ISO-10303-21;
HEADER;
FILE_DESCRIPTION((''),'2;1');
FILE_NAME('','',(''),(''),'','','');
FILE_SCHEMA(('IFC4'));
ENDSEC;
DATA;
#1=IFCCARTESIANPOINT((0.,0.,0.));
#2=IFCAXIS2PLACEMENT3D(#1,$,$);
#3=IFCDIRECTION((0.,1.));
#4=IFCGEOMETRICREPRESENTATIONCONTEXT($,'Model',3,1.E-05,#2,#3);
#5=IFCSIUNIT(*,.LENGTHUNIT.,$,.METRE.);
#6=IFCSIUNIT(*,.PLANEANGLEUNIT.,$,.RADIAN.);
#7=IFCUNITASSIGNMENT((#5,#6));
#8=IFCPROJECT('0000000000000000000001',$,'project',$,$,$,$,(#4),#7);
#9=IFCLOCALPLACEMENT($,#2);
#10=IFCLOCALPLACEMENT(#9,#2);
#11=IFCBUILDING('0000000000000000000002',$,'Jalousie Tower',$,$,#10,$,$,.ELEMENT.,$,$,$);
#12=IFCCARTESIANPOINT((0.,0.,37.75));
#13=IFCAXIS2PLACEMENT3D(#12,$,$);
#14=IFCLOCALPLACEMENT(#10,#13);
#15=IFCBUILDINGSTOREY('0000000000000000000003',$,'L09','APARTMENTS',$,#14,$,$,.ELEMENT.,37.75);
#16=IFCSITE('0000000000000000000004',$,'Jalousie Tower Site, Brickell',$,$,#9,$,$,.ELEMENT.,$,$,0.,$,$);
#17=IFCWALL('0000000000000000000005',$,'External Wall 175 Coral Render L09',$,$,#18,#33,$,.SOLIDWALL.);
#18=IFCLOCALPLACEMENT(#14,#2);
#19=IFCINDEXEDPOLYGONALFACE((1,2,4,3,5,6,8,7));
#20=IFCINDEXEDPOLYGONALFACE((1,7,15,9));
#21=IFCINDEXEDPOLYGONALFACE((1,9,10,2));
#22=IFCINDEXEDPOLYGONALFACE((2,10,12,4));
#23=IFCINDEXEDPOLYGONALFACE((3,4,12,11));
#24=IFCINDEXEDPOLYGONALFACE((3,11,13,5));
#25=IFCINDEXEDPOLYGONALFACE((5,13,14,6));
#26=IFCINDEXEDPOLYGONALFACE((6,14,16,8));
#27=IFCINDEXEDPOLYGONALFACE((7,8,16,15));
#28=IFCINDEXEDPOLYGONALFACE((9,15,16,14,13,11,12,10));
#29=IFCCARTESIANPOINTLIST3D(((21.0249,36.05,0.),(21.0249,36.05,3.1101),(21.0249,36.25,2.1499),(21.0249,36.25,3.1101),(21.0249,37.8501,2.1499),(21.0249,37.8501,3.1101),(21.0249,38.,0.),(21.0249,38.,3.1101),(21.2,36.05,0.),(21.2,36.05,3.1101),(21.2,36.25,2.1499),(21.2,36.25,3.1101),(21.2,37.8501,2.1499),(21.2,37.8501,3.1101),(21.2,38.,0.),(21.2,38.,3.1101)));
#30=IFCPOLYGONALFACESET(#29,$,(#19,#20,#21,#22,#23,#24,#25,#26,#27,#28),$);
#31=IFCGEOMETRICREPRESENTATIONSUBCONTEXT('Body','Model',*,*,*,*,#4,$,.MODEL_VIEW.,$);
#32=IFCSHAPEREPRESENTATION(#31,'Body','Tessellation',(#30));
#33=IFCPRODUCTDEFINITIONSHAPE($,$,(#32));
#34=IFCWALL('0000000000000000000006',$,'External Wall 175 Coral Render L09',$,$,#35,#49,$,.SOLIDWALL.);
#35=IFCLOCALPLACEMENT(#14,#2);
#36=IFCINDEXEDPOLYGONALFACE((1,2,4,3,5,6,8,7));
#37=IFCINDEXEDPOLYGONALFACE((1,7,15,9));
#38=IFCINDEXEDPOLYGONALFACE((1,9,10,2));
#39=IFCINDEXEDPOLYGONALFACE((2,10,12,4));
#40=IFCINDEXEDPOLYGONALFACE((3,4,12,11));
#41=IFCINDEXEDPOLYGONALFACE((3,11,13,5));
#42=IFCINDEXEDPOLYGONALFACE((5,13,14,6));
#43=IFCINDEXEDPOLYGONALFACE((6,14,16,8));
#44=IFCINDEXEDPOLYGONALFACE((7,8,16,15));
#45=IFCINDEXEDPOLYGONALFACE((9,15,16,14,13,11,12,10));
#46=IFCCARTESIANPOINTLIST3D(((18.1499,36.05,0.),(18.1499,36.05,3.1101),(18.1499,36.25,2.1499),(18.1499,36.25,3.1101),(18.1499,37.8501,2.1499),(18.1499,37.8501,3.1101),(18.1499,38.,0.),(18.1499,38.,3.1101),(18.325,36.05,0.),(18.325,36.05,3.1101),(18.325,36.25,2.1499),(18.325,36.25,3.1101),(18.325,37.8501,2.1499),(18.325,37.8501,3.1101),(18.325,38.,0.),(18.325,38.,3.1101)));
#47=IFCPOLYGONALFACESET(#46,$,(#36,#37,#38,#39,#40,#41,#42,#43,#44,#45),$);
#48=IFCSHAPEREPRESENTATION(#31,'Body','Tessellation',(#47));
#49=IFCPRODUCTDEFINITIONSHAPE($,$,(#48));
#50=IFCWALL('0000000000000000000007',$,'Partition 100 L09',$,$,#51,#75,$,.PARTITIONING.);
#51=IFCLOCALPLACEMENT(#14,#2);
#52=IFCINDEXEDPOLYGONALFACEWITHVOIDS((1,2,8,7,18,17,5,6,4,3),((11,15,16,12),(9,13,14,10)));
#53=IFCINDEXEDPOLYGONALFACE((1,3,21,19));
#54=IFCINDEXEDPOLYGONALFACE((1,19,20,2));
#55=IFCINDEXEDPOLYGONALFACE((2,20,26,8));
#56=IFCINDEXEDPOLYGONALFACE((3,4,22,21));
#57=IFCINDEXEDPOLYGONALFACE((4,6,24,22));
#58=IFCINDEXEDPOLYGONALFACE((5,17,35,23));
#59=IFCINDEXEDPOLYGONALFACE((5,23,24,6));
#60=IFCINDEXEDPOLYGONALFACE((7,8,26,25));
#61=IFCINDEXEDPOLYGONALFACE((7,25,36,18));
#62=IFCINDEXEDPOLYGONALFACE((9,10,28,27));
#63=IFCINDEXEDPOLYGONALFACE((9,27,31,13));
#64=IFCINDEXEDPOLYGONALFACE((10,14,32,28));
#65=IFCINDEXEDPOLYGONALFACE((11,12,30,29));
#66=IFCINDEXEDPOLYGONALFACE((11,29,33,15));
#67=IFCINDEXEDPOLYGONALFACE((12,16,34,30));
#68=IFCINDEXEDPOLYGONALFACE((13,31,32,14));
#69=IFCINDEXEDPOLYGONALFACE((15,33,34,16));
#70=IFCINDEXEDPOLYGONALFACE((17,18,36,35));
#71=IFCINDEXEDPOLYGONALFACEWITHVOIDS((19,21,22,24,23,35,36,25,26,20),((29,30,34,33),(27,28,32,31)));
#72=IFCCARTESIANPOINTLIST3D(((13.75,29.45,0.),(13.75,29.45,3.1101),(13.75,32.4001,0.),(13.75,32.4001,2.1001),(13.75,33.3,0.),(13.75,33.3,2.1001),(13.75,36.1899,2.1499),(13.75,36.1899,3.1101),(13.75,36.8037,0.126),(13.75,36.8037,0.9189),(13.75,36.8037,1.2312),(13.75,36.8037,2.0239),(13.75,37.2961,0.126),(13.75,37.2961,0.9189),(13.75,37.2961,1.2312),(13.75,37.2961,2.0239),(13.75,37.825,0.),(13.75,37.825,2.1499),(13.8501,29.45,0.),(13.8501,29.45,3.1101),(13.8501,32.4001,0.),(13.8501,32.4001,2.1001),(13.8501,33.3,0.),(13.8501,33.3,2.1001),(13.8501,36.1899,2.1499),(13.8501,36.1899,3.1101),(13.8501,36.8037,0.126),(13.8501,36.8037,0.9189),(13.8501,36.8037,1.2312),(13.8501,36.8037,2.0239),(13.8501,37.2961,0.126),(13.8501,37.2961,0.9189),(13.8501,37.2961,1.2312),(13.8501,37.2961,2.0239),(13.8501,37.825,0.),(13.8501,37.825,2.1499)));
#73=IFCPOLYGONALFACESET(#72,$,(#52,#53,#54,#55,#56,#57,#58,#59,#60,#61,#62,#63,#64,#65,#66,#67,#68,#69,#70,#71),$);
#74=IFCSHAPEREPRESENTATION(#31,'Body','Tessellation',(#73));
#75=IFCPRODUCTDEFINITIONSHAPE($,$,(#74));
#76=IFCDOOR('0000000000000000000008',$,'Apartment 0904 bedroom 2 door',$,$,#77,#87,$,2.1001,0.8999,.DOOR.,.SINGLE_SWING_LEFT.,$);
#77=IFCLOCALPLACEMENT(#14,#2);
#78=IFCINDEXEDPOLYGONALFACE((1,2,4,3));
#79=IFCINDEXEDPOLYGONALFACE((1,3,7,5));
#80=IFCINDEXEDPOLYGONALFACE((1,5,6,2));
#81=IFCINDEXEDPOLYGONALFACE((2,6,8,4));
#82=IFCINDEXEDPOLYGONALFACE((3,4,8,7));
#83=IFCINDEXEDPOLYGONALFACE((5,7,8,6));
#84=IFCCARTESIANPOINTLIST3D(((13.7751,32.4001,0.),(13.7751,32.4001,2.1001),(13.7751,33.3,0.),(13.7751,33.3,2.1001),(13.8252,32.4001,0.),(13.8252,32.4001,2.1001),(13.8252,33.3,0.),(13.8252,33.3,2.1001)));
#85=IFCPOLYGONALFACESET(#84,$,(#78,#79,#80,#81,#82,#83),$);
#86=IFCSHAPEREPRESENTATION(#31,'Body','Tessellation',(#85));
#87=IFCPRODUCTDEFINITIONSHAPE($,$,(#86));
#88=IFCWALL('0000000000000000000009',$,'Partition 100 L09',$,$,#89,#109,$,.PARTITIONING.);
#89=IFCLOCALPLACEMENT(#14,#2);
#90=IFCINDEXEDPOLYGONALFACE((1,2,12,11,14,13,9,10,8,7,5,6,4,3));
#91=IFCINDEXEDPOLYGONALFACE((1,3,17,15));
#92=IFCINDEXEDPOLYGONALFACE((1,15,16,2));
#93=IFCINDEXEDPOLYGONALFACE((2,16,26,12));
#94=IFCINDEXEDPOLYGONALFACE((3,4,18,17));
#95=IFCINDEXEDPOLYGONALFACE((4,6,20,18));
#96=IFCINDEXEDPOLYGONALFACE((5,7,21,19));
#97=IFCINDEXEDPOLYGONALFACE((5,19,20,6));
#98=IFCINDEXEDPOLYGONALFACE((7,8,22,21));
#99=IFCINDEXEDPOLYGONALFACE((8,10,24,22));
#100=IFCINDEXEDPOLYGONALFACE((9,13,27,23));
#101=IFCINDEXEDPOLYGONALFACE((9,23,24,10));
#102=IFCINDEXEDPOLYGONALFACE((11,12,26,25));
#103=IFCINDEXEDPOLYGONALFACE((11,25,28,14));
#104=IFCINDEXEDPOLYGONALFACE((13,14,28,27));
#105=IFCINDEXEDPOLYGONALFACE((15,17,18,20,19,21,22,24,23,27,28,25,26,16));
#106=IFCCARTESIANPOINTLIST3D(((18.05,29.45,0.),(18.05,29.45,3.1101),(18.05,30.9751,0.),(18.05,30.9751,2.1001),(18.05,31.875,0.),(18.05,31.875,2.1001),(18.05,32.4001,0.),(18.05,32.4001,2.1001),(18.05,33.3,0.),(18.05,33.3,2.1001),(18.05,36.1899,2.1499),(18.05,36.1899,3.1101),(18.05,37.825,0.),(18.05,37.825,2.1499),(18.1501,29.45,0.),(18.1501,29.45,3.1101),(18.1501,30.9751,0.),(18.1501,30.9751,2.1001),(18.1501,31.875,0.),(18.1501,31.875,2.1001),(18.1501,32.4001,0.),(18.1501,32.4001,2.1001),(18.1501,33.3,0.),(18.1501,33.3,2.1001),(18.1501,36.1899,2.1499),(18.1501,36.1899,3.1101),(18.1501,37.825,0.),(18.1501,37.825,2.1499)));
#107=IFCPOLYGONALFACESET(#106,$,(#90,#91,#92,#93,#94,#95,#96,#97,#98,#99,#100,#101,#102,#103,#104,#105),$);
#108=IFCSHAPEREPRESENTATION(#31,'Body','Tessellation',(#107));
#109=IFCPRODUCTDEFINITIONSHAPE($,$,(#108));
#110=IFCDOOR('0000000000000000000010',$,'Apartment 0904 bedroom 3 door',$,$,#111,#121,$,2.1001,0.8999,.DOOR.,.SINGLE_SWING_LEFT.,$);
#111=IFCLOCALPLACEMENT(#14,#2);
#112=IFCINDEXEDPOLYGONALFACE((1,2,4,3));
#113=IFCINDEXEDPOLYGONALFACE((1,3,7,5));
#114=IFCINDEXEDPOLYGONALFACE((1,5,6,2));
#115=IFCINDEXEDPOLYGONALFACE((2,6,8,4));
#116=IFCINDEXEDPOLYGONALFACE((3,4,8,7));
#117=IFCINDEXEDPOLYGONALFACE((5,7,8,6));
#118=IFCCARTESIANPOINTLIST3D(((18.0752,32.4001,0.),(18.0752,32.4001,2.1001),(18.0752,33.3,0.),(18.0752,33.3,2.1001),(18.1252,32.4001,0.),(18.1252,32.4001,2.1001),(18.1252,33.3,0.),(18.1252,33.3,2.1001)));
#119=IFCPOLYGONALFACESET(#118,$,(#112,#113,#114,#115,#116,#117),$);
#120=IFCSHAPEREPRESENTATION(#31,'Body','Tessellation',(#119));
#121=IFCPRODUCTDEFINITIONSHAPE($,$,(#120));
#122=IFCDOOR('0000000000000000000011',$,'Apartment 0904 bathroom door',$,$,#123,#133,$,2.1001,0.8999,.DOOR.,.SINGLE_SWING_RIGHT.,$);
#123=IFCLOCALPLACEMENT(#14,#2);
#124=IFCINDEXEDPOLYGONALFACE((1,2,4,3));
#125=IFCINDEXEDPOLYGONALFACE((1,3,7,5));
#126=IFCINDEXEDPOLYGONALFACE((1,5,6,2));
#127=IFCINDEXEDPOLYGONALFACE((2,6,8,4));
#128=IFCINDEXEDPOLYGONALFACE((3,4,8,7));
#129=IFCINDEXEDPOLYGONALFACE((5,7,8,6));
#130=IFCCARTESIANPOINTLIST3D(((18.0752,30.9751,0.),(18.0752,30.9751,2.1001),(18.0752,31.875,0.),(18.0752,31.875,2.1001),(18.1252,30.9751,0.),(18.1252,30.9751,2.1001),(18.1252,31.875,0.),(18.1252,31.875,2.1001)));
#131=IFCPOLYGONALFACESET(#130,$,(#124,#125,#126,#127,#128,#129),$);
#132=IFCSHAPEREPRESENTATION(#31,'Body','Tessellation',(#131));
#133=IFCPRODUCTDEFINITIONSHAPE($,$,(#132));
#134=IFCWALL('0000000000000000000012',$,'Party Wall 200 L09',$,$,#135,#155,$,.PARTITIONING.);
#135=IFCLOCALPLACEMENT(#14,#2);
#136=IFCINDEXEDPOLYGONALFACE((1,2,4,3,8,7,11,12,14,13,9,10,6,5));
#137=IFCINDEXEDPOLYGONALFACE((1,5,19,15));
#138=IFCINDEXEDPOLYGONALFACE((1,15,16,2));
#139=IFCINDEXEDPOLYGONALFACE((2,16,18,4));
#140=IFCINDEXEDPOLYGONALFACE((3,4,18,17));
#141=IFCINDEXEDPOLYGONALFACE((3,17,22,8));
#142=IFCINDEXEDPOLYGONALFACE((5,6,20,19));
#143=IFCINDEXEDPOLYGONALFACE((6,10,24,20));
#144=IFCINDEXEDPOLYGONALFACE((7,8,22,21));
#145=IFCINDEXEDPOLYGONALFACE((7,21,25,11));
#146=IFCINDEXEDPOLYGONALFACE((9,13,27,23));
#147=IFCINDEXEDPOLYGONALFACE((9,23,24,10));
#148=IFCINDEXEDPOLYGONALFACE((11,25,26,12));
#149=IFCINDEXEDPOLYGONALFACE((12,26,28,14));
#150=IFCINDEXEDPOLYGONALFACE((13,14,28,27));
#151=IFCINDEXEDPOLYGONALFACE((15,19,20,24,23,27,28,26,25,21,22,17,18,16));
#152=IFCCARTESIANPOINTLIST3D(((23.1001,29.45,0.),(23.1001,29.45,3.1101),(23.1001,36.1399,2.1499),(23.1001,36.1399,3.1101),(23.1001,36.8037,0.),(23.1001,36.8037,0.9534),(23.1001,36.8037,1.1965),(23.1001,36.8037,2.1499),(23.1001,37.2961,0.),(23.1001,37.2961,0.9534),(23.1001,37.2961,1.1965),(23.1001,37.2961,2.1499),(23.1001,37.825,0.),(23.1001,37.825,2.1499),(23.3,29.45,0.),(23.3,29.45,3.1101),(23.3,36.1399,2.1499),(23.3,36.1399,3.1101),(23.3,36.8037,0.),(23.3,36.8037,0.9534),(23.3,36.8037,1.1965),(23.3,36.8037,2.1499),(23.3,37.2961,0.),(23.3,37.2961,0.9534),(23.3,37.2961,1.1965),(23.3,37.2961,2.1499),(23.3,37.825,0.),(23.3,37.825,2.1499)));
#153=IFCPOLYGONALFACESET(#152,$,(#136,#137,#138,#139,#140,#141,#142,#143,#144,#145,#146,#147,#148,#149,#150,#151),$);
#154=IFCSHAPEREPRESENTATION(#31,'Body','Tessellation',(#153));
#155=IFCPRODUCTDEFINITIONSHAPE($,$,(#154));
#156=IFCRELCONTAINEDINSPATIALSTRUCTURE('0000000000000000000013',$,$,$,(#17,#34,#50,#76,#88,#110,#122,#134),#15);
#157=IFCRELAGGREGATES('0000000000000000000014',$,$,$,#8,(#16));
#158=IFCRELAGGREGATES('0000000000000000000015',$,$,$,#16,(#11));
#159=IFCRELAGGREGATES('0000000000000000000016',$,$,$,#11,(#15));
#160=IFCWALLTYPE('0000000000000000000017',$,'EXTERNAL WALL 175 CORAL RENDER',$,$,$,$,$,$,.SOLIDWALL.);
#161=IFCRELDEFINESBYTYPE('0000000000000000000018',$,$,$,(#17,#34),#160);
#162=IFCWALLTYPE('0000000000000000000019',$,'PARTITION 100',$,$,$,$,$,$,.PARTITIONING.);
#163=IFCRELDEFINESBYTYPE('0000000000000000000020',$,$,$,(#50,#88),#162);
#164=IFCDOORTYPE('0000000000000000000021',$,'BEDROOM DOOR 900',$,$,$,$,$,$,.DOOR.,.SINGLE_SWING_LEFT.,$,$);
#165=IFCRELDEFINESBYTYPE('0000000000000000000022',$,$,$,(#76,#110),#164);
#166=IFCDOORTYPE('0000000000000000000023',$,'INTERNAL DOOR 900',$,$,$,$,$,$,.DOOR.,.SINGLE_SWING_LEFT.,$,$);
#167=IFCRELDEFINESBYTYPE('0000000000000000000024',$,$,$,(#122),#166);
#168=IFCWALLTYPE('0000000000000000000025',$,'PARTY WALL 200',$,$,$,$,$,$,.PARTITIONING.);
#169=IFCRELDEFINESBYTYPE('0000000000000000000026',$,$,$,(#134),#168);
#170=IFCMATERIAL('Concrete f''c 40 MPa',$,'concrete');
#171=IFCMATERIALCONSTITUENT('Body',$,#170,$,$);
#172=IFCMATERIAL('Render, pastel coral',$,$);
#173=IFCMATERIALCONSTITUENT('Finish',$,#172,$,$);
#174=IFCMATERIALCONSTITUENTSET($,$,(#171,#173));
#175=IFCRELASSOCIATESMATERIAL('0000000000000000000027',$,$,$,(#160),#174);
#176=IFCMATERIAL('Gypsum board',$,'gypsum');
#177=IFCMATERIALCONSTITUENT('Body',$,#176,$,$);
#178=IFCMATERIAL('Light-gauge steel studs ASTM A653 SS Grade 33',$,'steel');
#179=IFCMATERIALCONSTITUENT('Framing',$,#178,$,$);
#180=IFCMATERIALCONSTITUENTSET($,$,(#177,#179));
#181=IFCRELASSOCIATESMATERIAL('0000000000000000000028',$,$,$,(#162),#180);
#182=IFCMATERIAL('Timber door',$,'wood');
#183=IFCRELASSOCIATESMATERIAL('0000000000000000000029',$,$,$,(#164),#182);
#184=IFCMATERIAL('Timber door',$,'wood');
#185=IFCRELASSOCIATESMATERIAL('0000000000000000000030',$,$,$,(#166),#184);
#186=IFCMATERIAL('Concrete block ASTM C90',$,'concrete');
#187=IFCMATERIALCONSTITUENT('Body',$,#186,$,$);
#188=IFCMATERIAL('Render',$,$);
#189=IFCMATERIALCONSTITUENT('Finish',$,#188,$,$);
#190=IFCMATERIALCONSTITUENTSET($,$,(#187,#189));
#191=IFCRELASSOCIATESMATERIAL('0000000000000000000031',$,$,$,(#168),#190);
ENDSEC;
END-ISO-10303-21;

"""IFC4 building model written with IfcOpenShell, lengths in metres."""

from ifc_helpers import new_model, si_unit, direction, frame, frame_2d, origin, place, context, subcontext, project, spatial, polyline, rectangle, outline, extrude, material, constituent, constituent_set, type_object, element, fill, save


model = new_model("IFC4")

# Units and contexts
model_context = context("Model", 3, precision=1e-05, world=origin(), true_north=direction((0.0, 1.0)))
body_context = subcontext(model_context, "Body", "Model", "MODEL_VIEW")
ifc_project = project(units=[si_unit("LENGTHUNIT", "METRE"), si_unit("PLANEANGLEUNIT", "RADIAN")], contexts=[model_context])

# Site, building, storey
site_placement = place(None, origin())
site = spatial("IfcSite", under=ifc_project, at=site_placement, Name="Jalousie Tower Site, Brickell", CompositionType="ELEMENT", RefElevation=0.0)
building_placement = place(site_placement, origin())
building = spatial("IfcBuilding", under=site, at=building_placement, Name="Jalousie Tower", CompositionType="ELEMENT")
storey_placement = place(building_placement, frame((0.0, 0.0, 37.75)))
storey = spatial("IfcBuildingStorey", under=building, at=storey_placement, Name="L09", Description="APARTMENTS", CompositionType="ELEMENT", Elevation=37.75)

# Shared definitions
ifc_material_1 = material(Name="Concrete f'c 40 MPa", Category="concrete")
ifc_constituent_1 = constituent(ifc_material_1, Name="Body")
ifc_material_2 = material(Name="Render, pastel coral")
ifc_constituent_2 = constituent(ifc_material_2, Name="Finish")
ifc_constituent_set_1 = constituent_set(constituents=[ifc_constituent_1, ifc_constituent_2])
wall_type_1 = type_object("IfcWallType", Name="EXTERNAL WALL 175 CORAL RENDER", PredefinedType="SOLIDWALL", material=ifc_constituent_set_1)

# Walls
for number, where, z_axis, x_axis, name in (
    (1, (21.1125, 38.0, 0.0), (0.0, 0.0, 1.0), (0.0, -1.0, 0.0), "External Wall 175 Coral Render L09"),
    (2, (18.2375, 38.0, 0.0), (0.0, 0.0, 1.0), (0.0, -1.0, 0.0), "External Wall 175 Coral Render L09"),
):
    element("IfcWall", number, at=place(storey_placement, frame(where, z_axis=z_axis, x_axis=x_axis)), inside=storey, type_object=wall_type_1, Name=name, PredefinedType="SOLIDWALL", context=body_context, shape_type="SweptSolid", body=[
        extrude(outline(polyline([(0.0, 0.0), (1.95, 0.0), (1.95, 3.1101), (1.75, 3.1101), (1.75, 2.1499), (0.1499, 2.1499), (0.1499, 3.1101), (0.0, 3.1101), (0.0, 0.0)])), frame((0.0, 0.0874, 0.0), z_axis=(0.0, -1.0, 0.0), x_axis=(1.0, 0.0, 0.0)), (0.0, 0.0, 1.0), 0.175),
    ])

# Wall, opening, door
ifc_material_3 = material(Name="Gypsum board", Category="gypsum")
ifc_constituent_3 = constituent(ifc_material_3, Name="Body")
ifc_material_4 = material(Name="Light-gauge steel studs ASTM A653 SS Grade 33", Category="steel")
ifc_constituent_4 = constituent(ifc_material_4, Name="Framing")
ifc_constituent_set_2 = constituent_set(constituents=[ifc_constituent_3, ifc_constituent_4])
wall_type_2 = type_object("IfcWallType", Name="PARTITION 100", PredefinedType="PARTITIONING", material=ifc_constituent_set_2)
wall_1_placement = place(storey_placement, frame((13.8, 37.825, 0.0), z_axis=(0.0, 0.0, 1.0), x_axis=(0.0, -1.0, 0.0)))
wall_1 = element("IfcWall", 3, at=wall_1_placement, inside=storey, type_object=wall_type_2, Name="Partition 100 L09", PredefinedType="PARTITIONING", context=body_context, shape_type="SweptSolid", body=[
    extrude(outline(polyline([(1.635, 2.1499), (0.0, 2.1499), (0.0, 0.0), (8.375, 0.0), (8.375, 3.1101), (1.635, 3.1101), (1.635, 2.1499)]), holes=[polyline([(1.0212, 0.126), (0.5288, 0.126), (0.5288, 0.9189), (1.0212, 0.9189), (1.0212, 0.126)]), polyline([(1.0212, 1.2312), (0.5288, 1.2312), (0.5288, 2.0239), (1.0212, 2.0239), (1.0212, 1.2312)])]), frame((0.0, 0.05, 0.0), z_axis=(0.0, -1.0, 0.0), x_axis=(1.0, 0.0, 0.0)), (0.0, 0.0, 1.0), 0.1001),
])
opening_1_placement = place(wall_1_placement, frame((4.5249, 0.0, 0.0)))
opening_1 = element("IfcOpeningElement", 4, at=opening_1_placement, cuts=wall_1, PredefinedType="OPENING", context=body_context, shape_type="SweptSolid", body=[
    extrude(rectangle(XDim=0.8999, YDim=2.1001, at=frame_2d((0.45, 1.05))), frame((0.0, 0.0601, 0.0), z_axis=(0.0, -1.0, 0.0), x_axis=(1.0, 0.0, 0.0)), (0.0, 0.0, 1.0), 0.1201),
])
ifc_material_5 = material(Name="Timber door", Category="wood")
door_type_1 = type_object("IfcDoorType", Name="BEDROOM DOOR 900", OperationType="SINGLE_SWING_LEFT", PredefinedType="DOOR", material=ifc_material_5)
door_1_placement = place(opening_1_placement, frame((0.8999, 0.0, 0.0), z_axis=(0.0, 0.0, 1.0), x_axis=(-1.0, 0.0, 0.0)))
door_1 = element("IfcDoor", 5, at=door_1_placement, inside=storey, type_object=door_type_1, Name="Apartment 0904 bedroom 2 door", OperationType="SINGLE_SWING_LEFT", OverallHeight=2.1001, OverallWidth=0.8999, PredefinedType="DOOR", context=body_context, shape_type="SweptSolid", body=[
    extrude(rectangle(XDim=0.8999, YDim=2.1001, at=frame_2d((0.45, 1.05))), frame((0.0, 0.0249, 0.0), z_axis=(0.0, -1.0, 0.0), x_axis=(1.0, 0.0, 0.0)), (0.0, 0.0, 1.0), 0.05),
])
fill(opening_1, door_1)

# Wall, openings, doors
wall_2_placement = place(storey_placement, frame((18.1001, 37.825, 0.0), z_axis=(0.0, 0.0, 1.0), x_axis=(0.0, -1.0, 0.0)))
wall_2 = element("IfcWall", 6, at=wall_2_placement, inside=storey, type_object=wall_type_2, Name="Partition 100 L09", PredefinedType="PARTITIONING", context=body_context, shape_type="SweptSolid", body=[
    extrude(outline(polyline([(0.0, 0.0), (8.375, 0.0), (8.375, 3.1101), (1.635, 3.1101), (1.635, 2.1499), (0.0, 2.1499), (0.0, 3.1101), (0.0, 0.0)])), frame((0.0, 0.05, 0.0), z_axis=(0.0, -1.0, 0.0), x_axis=(1.0, 0.0, 0.0)), (0.0, 0.0, 1.0), 0.1001),
])
opening_2_placement = place(wall_2_placement, frame((4.5249, 0.0, 0.0)))
opening_2 = element("IfcOpeningElement", 7, at=opening_2_placement, cuts=wall_2, PredefinedType="OPENING", context=body_context, shape_type="SweptSolid", body=[
    extrude(rectangle(XDim=0.8999, YDim=2.1001, at=frame_2d((0.45, 1.05))), frame((0.0, 0.0601, 0.0), z_axis=(0.0, -1.0, 0.0), x_axis=(1.0, 0.0, 0.0)), (0.0, 0.0, 1.0), 0.1201),
])
opening_3_placement = place(wall_2_placement, frame((5.95, 0.0, 0.0)))
opening_3 = element("IfcOpeningElement", 8, at=opening_3_placement, cuts=wall_2, PredefinedType="OPENING", context=body_context, shape_type="SweptSolid", body=[
    extrude(rectangle(XDim=0.8999, YDim=2.1001, at=frame_2d((0.45, 1.05))), frame((0.0, 0.0601, 0.0), z_axis=(0.0, -1.0, 0.0), x_axis=(1.0, 0.0, 0.0)), (0.0, 0.0, 1.0), 0.1201),
])
door_2_placement = place(opening_2_placement, frame((0.8999, 0.0, 0.0), z_axis=(0.0, 0.0, 1.0), x_axis=(-1.0, 0.0, 0.0)))
door_2 = element("IfcDoor", 9, at=door_2_placement, inside=storey, type_object=door_type_1, Name="Apartment 0904 bedroom 3 door", OperationType="SINGLE_SWING_LEFT", OverallHeight=2.1001, OverallWidth=0.8999, PredefinedType="DOOR", context=body_context, shape_type="SweptSolid", body=[
    extrude(rectangle(XDim=0.8999, YDim=2.1001, at=frame_2d((0.45, 1.05))), frame((0.0, 0.0249, 0.0), z_axis=(0.0, -1.0, 0.0), x_axis=(1.0, 0.0, 0.0)), (0.0, 0.0, 1.0), 0.05),
])
fill(opening_2, door_2)
ifc_material_6 = material(Name="Timber door", Category="wood")
door_type_2 = type_object("IfcDoorType", Name="INTERNAL DOOR 900", OperationType="SINGLE_SWING_LEFT", PredefinedType="DOOR", material=ifc_material_6)
door_3_placement = place(opening_3_placement, frame((0.8999, 0.0, 0.0), z_axis=(0.0, 0.0, 1.0), x_axis=(-1.0, 0.0, 0.0)))
door_3 = element("IfcDoor", 10, at=door_3_placement, inside=storey, type_object=door_type_2, Name="Apartment 0904 bathroom door", OperationType="SINGLE_SWING_RIGHT", OverallHeight=2.1001, OverallWidth=0.8999, PredefinedType="DOOR", context=body_context, shape_type="SweptSolid", body=[
    extrude(rectangle(XDim=0.8999, YDim=2.1001, at=frame_2d((0.45, 1.05))), frame((0.0, 0.0249, 0.0), z_axis=(0.0, -1.0, 0.0), x_axis=(1.0, 0.0, 0.0)), (0.0, 0.0, 1.0), 0.05),
])
fill(opening_3, door_3)

# Wall
ifc_material_7 = material(Name="Concrete block ASTM C90", Category="concrete")
ifc_constituent_5 = constituent(ifc_material_7, Name="Body")
ifc_material_8 = material(Name="Render")
ifc_constituent_6 = constituent(ifc_material_8, Name="Finish")
ifc_constituent_set_3 = constituent_set(constituents=[ifc_constituent_5, ifc_constituent_6])
wall_type_3 = type_object("IfcWallType", Name="PARTY WALL 200", PredefinedType="PARTITIONING", material=ifc_constituent_set_3)
wall_3_placement = place(storey_placement, frame((23.2, 37.825, 0.0), z_axis=(0.0, 0.0, 1.0), x_axis=(0.0, -1.0, 0.0)))
element("IfcWall", 11, at=wall_3_placement, inside=storey, type_object=wall_type_3, Name="Party Wall 200 L09", PredefinedType="PARTITIONING", context=body_context, shape_type="SweptSolid", body=[
    extrude(outline(polyline([(0.5288, 2.1499), (0.0, 2.1499), (0.0, 0.0), (0.5288, 0.0), (0.5288, 0.9534), (1.0212, 0.9534), (1.0212, 0.0), (8.375, 0.0), (8.375, 3.1101), (1.6851, 3.1101), (1.6851, 2.1499), (1.0212, 2.1499), (1.0212, 1.1965), (0.5288, 1.1965), (0.5288, 2.1499)])), frame((0.0, 0.1001, 0.0), z_axis=(0.0, -1.0, 0.0), x_axis=(1.0, 0.0, 0.0)), (0.0, 0.0, 1.0), 0.2),
])

save(model, "model.ifc")
